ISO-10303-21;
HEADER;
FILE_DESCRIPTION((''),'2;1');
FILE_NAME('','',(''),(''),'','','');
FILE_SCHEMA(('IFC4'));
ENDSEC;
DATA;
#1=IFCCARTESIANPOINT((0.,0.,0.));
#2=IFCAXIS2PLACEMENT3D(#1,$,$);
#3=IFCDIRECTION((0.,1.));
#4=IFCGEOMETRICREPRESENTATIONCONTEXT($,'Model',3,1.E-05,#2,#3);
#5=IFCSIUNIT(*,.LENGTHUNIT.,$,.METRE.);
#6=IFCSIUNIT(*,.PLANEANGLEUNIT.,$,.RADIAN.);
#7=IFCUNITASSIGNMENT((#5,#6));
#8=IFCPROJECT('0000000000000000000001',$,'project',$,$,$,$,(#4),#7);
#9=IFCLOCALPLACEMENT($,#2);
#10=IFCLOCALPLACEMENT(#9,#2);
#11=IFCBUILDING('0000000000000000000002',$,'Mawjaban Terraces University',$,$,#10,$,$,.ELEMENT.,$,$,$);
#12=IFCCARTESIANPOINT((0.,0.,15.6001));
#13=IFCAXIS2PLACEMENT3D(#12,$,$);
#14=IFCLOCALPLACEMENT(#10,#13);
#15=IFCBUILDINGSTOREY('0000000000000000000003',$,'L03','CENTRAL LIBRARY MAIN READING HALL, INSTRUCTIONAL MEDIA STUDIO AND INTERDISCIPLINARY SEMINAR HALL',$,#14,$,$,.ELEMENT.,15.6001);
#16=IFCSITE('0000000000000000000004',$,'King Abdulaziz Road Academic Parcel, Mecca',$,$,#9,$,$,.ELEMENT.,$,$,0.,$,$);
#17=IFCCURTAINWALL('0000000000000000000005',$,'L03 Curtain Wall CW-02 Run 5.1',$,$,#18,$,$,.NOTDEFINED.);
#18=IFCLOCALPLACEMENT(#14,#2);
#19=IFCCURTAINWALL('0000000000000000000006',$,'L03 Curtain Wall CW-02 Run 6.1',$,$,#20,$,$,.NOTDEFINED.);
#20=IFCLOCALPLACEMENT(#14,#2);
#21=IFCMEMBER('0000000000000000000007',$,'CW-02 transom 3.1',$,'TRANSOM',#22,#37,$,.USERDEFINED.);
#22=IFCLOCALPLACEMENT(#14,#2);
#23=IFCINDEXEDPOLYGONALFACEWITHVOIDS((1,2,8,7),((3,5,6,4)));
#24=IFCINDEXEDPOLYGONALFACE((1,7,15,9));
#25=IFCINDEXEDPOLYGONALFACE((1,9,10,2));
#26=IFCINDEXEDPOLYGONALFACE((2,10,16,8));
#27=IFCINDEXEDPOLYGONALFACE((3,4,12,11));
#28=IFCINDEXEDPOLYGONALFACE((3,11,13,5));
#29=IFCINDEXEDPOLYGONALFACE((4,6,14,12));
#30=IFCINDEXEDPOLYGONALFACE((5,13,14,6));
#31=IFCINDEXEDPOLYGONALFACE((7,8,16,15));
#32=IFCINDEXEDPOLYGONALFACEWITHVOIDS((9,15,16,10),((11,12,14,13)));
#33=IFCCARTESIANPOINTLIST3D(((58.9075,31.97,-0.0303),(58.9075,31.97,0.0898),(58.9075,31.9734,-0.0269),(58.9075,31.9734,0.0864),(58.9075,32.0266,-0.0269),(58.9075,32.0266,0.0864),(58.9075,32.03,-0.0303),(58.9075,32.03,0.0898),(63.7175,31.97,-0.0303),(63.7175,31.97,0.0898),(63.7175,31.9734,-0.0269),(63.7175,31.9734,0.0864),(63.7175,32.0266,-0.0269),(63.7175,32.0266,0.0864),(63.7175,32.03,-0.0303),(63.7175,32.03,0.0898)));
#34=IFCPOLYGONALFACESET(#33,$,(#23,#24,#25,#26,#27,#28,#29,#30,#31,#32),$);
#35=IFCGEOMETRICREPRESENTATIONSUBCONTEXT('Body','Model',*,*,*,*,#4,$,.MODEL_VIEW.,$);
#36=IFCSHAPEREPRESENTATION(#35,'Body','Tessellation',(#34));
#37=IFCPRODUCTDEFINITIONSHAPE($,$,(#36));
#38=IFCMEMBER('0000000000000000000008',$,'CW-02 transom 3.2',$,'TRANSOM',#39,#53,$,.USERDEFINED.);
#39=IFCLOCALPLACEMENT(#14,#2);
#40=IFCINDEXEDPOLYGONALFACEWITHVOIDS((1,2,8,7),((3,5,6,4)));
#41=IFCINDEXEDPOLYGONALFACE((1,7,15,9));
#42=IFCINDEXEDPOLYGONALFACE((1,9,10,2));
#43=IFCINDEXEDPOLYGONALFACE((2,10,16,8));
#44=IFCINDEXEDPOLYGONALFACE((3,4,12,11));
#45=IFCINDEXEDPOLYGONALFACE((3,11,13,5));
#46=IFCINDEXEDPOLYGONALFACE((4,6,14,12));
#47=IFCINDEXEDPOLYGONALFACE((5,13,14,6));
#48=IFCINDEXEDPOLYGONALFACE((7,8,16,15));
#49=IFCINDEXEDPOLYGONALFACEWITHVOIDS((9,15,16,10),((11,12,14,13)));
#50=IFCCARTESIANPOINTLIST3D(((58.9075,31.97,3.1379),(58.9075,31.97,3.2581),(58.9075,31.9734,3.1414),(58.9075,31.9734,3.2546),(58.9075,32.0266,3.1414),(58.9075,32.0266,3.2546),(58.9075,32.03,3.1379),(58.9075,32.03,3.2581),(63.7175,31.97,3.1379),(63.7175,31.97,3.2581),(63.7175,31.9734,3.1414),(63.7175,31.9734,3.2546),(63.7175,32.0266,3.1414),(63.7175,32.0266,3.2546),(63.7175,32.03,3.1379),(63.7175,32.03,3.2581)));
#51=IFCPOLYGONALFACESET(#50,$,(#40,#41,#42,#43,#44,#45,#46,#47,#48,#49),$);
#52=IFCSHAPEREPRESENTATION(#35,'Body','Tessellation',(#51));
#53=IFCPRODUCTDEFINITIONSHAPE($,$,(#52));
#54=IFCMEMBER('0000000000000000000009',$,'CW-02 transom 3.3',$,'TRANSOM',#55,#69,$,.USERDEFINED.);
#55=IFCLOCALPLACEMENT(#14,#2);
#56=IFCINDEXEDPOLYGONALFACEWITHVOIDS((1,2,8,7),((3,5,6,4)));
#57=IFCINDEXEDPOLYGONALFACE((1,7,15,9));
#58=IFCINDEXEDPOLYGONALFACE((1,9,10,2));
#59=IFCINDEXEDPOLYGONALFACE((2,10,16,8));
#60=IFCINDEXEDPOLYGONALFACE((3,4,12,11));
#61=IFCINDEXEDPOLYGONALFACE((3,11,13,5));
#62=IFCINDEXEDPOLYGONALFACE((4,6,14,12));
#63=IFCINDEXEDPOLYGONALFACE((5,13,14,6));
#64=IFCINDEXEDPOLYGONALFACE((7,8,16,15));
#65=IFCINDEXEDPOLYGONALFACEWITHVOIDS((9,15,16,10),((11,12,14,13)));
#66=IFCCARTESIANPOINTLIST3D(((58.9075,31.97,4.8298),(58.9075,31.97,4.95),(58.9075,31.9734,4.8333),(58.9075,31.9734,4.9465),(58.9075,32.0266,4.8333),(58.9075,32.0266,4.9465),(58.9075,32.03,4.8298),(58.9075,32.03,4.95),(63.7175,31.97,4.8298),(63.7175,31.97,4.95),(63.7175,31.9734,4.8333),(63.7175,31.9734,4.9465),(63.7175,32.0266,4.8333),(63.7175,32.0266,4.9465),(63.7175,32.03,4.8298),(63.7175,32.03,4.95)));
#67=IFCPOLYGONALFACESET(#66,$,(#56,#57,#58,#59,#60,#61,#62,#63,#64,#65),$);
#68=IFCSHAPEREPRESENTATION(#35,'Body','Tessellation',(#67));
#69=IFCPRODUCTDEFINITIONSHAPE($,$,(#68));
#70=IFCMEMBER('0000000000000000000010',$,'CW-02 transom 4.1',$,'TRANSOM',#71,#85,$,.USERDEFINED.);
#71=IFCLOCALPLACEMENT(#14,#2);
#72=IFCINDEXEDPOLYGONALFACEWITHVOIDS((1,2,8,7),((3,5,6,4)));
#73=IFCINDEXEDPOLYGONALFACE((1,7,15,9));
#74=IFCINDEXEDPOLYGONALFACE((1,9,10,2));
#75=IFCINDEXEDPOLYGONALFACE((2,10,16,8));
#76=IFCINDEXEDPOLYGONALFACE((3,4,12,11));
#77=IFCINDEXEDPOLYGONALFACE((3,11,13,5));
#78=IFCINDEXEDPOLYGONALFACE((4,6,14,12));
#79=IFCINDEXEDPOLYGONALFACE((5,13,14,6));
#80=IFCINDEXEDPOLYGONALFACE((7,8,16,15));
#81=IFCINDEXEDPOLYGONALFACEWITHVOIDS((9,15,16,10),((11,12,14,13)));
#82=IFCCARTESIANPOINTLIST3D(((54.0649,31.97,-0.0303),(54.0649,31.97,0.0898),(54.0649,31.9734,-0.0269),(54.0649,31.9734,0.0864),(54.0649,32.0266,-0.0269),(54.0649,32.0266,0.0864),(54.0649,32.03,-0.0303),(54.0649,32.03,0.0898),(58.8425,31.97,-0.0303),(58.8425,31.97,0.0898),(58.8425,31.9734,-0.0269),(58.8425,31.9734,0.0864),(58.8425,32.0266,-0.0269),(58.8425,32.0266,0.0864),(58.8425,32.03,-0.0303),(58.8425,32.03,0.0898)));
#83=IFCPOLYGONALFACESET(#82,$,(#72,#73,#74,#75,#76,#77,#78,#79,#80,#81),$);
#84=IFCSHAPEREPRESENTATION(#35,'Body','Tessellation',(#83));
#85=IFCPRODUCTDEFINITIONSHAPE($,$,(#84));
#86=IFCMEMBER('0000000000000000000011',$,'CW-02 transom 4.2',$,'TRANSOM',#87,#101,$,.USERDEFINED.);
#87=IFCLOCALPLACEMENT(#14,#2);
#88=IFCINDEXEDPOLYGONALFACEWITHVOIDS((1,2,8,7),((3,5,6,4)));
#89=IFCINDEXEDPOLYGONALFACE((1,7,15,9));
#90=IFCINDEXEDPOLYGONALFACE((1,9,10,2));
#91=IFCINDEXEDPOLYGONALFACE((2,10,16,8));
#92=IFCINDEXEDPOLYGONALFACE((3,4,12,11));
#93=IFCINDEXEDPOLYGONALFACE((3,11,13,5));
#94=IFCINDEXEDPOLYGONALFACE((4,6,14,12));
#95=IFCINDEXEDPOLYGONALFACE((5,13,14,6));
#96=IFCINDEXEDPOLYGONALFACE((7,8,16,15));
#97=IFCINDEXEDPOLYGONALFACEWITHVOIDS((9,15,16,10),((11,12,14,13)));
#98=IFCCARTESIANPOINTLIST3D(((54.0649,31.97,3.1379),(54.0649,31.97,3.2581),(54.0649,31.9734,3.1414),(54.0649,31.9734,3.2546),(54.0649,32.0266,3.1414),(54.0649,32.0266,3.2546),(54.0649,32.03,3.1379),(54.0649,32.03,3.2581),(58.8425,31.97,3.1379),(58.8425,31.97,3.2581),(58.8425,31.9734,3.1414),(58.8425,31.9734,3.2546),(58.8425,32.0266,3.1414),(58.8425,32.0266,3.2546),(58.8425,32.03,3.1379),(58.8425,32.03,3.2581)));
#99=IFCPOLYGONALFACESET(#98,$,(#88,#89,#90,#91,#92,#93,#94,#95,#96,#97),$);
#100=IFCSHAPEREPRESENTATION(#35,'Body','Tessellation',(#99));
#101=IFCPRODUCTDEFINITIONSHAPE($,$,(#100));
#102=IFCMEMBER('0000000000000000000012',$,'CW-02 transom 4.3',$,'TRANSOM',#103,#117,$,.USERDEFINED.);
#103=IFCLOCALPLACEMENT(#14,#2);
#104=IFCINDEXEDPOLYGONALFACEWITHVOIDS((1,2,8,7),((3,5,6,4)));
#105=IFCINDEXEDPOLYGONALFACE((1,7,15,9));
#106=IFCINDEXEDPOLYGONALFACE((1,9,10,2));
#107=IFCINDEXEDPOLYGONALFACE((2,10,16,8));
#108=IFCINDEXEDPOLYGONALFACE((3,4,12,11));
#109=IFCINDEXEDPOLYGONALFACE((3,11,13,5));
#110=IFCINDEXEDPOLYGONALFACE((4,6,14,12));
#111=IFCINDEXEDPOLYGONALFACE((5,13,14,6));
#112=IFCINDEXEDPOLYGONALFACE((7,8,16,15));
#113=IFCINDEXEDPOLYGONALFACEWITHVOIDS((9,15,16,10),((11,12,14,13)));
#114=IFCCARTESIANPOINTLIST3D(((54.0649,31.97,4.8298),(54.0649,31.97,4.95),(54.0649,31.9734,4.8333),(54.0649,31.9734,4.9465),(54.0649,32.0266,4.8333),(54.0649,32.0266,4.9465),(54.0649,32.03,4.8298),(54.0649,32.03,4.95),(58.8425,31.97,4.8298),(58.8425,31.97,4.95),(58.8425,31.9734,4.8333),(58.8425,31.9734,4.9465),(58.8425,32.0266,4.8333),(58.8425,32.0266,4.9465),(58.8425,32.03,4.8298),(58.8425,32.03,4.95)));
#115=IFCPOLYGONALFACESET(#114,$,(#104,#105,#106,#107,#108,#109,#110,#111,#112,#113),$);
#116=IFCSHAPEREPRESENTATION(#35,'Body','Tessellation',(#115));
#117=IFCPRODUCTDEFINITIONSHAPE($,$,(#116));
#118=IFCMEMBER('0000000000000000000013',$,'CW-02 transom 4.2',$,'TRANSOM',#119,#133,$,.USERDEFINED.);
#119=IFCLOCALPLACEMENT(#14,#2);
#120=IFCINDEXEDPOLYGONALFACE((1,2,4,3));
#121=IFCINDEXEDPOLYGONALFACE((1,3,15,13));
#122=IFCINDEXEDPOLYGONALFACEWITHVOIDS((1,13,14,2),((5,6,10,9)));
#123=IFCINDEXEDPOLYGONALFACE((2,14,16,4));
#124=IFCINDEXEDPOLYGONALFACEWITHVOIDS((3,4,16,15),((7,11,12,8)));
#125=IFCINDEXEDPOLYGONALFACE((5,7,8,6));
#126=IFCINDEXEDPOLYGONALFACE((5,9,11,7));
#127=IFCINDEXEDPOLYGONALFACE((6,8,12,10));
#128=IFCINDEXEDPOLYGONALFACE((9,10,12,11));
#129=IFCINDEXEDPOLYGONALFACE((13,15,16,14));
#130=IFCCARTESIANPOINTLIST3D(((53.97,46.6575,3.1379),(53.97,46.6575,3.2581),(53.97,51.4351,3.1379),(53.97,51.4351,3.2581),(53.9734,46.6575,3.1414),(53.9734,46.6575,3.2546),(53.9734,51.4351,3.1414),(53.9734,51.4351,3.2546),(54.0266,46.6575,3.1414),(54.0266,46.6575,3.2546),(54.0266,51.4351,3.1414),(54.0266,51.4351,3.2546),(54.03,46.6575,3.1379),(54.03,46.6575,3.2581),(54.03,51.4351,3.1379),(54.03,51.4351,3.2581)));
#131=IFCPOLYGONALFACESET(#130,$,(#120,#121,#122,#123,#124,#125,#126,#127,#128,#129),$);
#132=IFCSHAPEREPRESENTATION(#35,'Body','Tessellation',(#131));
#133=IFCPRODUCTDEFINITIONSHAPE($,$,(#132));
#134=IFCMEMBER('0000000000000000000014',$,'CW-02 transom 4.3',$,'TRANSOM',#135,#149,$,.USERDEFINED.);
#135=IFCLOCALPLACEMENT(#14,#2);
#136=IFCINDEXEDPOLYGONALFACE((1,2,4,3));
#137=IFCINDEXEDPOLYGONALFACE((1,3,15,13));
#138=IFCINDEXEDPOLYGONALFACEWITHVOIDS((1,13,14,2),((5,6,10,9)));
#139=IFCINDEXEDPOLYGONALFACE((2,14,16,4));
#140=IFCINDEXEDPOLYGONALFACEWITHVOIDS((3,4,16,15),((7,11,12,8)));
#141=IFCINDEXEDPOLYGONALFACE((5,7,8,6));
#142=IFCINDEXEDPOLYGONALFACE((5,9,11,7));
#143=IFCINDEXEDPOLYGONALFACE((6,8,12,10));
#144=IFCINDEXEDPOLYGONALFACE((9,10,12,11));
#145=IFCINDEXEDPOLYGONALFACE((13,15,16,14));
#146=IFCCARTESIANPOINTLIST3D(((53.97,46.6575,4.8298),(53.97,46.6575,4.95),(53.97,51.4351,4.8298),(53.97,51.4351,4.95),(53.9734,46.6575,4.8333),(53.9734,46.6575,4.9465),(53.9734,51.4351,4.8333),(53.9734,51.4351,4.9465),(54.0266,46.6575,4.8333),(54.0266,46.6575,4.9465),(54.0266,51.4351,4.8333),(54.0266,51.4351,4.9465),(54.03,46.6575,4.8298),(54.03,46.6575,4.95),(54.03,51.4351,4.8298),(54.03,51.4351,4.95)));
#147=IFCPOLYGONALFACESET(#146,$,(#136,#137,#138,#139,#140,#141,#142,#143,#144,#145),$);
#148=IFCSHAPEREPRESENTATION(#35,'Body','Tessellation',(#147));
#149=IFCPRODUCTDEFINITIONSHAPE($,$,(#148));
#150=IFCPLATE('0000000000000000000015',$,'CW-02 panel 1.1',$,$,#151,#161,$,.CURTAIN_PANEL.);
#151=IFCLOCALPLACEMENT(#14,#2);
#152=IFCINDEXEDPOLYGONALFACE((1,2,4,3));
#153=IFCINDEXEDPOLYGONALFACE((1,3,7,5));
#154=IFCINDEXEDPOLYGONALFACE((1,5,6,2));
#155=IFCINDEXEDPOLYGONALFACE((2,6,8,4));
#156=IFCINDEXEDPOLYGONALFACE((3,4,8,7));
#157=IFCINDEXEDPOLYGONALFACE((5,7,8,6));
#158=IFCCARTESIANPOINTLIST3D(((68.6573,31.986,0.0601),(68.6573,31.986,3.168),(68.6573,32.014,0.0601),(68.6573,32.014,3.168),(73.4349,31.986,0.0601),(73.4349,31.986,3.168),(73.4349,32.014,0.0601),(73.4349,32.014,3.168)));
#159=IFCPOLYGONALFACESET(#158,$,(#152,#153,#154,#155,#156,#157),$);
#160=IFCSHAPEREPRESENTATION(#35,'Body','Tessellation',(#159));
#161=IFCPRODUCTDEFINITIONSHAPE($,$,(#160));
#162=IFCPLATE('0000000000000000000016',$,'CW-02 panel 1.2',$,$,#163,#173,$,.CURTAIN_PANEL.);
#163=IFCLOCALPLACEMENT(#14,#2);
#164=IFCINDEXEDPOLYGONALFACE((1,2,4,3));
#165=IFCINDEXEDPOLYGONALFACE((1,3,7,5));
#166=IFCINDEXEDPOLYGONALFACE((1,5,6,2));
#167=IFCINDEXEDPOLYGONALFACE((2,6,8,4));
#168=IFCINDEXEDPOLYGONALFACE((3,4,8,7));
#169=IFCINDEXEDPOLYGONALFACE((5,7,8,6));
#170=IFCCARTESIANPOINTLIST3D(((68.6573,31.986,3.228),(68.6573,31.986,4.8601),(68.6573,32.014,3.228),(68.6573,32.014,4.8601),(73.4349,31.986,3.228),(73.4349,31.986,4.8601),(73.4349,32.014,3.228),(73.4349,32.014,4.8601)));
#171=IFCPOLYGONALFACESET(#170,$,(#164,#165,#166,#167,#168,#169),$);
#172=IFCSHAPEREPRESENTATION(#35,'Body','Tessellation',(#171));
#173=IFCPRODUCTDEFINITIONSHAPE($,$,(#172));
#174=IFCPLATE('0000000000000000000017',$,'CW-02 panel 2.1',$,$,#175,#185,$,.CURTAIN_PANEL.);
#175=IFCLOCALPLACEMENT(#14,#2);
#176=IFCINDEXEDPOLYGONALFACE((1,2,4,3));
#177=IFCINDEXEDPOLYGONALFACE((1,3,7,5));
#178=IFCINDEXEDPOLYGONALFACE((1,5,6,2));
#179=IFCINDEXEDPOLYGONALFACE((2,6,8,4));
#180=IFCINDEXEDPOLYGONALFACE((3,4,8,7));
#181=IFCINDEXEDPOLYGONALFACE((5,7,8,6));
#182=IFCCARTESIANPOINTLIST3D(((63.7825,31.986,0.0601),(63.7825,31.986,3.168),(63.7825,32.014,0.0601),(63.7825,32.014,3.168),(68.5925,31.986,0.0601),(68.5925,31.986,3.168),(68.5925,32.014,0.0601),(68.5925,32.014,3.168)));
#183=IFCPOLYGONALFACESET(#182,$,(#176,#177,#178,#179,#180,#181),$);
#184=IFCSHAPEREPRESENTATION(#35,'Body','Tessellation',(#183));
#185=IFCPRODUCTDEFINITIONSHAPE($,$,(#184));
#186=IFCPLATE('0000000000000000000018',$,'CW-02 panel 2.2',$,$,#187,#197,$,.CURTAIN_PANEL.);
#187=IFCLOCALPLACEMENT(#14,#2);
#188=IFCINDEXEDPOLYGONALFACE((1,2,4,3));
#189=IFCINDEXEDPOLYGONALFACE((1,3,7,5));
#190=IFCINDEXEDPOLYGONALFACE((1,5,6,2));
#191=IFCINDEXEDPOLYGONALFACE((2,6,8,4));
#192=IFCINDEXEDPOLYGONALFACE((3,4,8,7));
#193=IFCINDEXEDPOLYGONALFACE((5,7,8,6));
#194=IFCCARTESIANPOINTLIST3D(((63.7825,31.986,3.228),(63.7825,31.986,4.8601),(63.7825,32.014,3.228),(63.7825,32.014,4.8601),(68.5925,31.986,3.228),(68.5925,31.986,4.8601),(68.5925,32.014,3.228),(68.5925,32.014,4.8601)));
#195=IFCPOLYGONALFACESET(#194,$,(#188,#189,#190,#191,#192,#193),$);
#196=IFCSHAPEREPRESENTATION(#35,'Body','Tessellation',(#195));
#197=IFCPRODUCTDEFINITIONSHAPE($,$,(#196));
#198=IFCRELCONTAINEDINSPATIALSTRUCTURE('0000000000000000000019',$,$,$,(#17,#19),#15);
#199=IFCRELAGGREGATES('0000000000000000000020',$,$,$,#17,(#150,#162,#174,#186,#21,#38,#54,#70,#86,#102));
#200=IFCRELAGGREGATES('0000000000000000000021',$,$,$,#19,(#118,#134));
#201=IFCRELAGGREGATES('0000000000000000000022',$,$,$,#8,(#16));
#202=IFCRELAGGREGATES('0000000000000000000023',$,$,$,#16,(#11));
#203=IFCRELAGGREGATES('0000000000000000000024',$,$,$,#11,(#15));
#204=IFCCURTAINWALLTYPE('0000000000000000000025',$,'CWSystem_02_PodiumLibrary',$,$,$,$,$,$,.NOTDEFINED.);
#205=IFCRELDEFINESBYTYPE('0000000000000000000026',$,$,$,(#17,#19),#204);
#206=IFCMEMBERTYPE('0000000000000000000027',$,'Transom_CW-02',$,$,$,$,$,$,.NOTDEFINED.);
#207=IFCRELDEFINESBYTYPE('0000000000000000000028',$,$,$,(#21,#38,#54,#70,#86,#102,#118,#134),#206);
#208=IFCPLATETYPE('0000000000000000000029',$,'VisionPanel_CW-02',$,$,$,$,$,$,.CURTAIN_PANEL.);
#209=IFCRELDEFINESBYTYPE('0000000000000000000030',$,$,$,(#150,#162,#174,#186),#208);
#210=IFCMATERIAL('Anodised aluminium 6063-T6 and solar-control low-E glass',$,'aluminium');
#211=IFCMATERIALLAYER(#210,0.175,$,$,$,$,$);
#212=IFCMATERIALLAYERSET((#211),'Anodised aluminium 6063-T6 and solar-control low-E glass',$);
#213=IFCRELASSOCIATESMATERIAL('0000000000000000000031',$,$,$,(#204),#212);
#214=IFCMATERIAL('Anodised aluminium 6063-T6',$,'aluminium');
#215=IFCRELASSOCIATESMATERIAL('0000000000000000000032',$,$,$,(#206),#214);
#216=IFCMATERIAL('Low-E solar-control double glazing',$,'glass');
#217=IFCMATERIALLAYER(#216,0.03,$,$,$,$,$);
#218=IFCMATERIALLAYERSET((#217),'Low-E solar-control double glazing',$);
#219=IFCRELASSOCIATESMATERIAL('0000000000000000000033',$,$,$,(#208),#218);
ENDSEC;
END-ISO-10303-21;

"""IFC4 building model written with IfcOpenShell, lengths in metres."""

from ifc_helpers import new_model, si_unit, direction, frame, origin, origin_2d, place, context, subcontext, project, spatial, rectangle, hollow_rectangle, extrude, material, layer, layer_set, material_profile, profile_set, type_object, element, aggregate, save


model = new_model("IFC4")

# Units and contexts
model_context = context("Model", 3, precision=1e-05, world=origin(), true_north=direction((0.0, 1.0)))
body_context = subcontext(model_context, "Body", "Model", "MODEL_VIEW")
ifc_project = project(units=[si_unit("LENGTHUNIT", "METRE"), si_unit("PLANEANGLEUNIT", "RADIAN")], contexts=[model_context])

# Site, building, storey
site_placement = place(None, origin())
site = spatial("IfcSite", under=ifc_project, at=site_placement, Name="King Abdulaziz Road Academic Parcel, Mecca", CompositionType="ELEMENT", RefElevation=0.0)
building_placement = place(site_placement, origin())
building = spatial("IfcBuilding", under=site, at=building_placement, Name="Mawjaban Terraces University", CompositionType="ELEMENT")
storey_placement = place(building_placement, frame((0.0, 0.0, 15.6001)))
storey = spatial("IfcBuildingStorey", under=building, at=storey_placement, Name="L03", Description="CENTRAL LIBRARY MAIN READING HALL, INSTRUCTIONAL MEDIA STUDIO AND INTERDISCIPLINARY SEMINAR HALL", CompositionType="ELEMENT", Elevation=15.6001)

# Curtain wall
ifc_material_1 = material(Name="Anodised aluminium 6063-T6 and solar-control low-E glass", Category="aluminium")
ifc_layer_1 = layer(ifc_material_1, 0.175)
ifc_layer_set_1 = layer_set([ifc_layer_1], Name="Anodised aluminium 6063-T6 and solar-control low-E glass")
curtain_wall_type = type_object("IfcCurtainWallType", Name="CWSystem_02_PodiumLibrary", PredefinedType="NOTDEFINED", material=ifc_layer_set_1)
curtain_wall_1_placement = place(storey_placement, origin())
curtain_wall_1 = element("IfcCurtainWall", 1, at=curtain_wall_1_placement, inside=storey, type_object=curtain_wall_type, Name="L03 Curtain Wall CW-02 Run 5.1", PredefinedType="NOTDEFINED")
ifc_material_2 = material(Name="Anodised aluminium 6063-T6", Category="aluminium")

# Curtain wall
curtain_wall_2_placement = place(storey_placement, origin())
curtain_wall_2 = element("IfcCurtainWall", 2, at=curtain_wall_2_placement, inside=storey, type_object=curtain_wall_type, Name="L03 Curtain Wall CW-02 Run 6.1", PredefinedType="NOTDEFINED")

# Members
ifc_material_profile_1 = material_profile(ifc_material_2, hollow_rectangle(XDim=0.0601, YDim=0.1201, WallThickness=0.0034, at=origin_2d()), Name="ALU120X60X3.5")
ifc_profile_set_1 = profile_set([ifc_material_profile_1], Name="Anodised aluminium 6063-T6")
member_type_1 = type_object("IfcMemberType", Name="Transom_CW-02", PredefinedType="NOTDEFINED", material=ifc_profile_set_1)
member_1_placement = place(storey_placement, frame((63.7175, 32.0, 0.0298), z_axis=(-1.0, 0.0, 0.0), x_axis=(0.0, -1.0, 0.0)))
member_1 = element("IfcMember", 3, at=member_1_placement, type_object=member_type_1, Name="CW-02 transom 3.1", ObjectType="TRANSOM", PredefinedType="USERDEFINED", context=body_context, shape_type="SweptSolid", body=[
    extrude(hollow_rectangle(XDim=0.0601, YDim=0.1201, WallThickness=0.0034, at=origin_2d()), origin(), (0.0, 0.0, 1.0), 4.8101),
])
member_2_placement = place(storey_placement, frame((63.7175, 32.0, 3.198), z_axis=(-1.0, 0.0, 0.0), x_axis=(0.0, -1.0, 0.0)))
member_2 = element("IfcMember", 4, at=member_2_placement, type_object=member_type_1, Name="CW-02 transom 3.2", ObjectType="TRANSOM", PredefinedType="USERDEFINED", context=body_context, shape_type="SweptSolid", body=[
    extrude(hollow_rectangle(XDim=0.0601, YDim=0.1201, WallThickness=0.0034, at=origin_2d()), origin(), (0.0, 0.0, 1.0), 4.8101),
])
member_3_placement = place(storey_placement, frame((63.7175, 32.0, 4.8899), z_axis=(-1.0, 0.0, 0.0), x_axis=(0.0, -1.0, 0.0)))
member_3 = element("IfcMember", 5, at=member_3_placement, type_object=member_type_1, Name="CW-02 transom 3.3", ObjectType="TRANSOM", PredefinedType="USERDEFINED", context=body_context, shape_type="SweptSolid", body=[
    extrude(hollow_rectangle(XDim=0.0601, YDim=0.1201, WallThickness=0.0034, at=origin_2d()), origin(), (0.0, 0.0, 1.0), 4.8101),
])
member_4_placement = place(storey_placement, frame((58.8425, 32.0, 0.0298), z_axis=(-1.0, 0.0, 0.0), x_axis=(0.0, -1.0, 0.0)))
member_4 = element("IfcMember", 6, at=member_4_placement, type_object=member_type_1, Name="CW-02 transom 4.1", ObjectType="TRANSOM", PredefinedType="USERDEFINED", context=body_context, shape_type="SweptSolid", body=[
    extrude(hollow_rectangle(XDim=0.0601, YDim=0.1201, WallThickness=0.0034, at=origin_2d()), origin(), (0.0, 0.0, 1.0), 4.7776),
])
member_5_placement = place(storey_placement, frame((58.8425, 32.0, 3.198), z_axis=(-1.0, 0.0, 0.0), x_axis=(0.0, -1.0, 0.0)))
member_5 = element("IfcMember", 7, at=member_5_placement, type_object=member_type_1, Name="CW-02 transom 4.2", ObjectType="TRANSOM", PredefinedType="USERDEFINED", context=body_context, shape_type="SweptSolid", body=[
    extrude(hollow_rectangle(XDim=0.0601, YDim=0.1201, WallThickness=0.0034, at=origin_2d()), origin(), (0.0, 0.0, 1.0), 4.7776),
])
member_6_placement = place(storey_placement, frame((58.8425, 32.0, 4.8899), z_axis=(-1.0, 0.0, 0.0), x_axis=(0.0, -1.0, 0.0)))
member_6 = element("IfcMember", 8, at=member_6_placement, type_object=member_type_1, Name="CW-02 transom 4.3", ObjectType="TRANSOM", PredefinedType="USERDEFINED", context=body_context, shape_type="SweptSolid", body=[
    extrude(hollow_rectangle(XDim=0.0601, YDim=0.1201, WallThickness=0.0034, at=origin_2d()), origin(), (0.0, 0.0, 1.0), 4.7776),
])
member_7_placement = place(storey_placement, frame((54.0, 46.6575, 3.198), z_axis=(0.0, 1.0, 0.0), x_axis=(-1.0, 0.0, 0.0)))
member_7 = element("IfcMember", 9, at=member_7_placement, type_object=member_type_1, Name="CW-02 transom 4.2", ObjectType="TRANSOM", PredefinedType="USERDEFINED", context=body_context, shape_type="SweptSolid", body=[
    extrude(hollow_rectangle(XDim=0.0601, YDim=0.1201, WallThickness=0.0034, at=origin_2d()), origin(), (0.0, 0.0, 1.0), 4.7776),
])
member_8_placement = place(storey_placement, frame((54.0, 46.6575, 4.8899), z_axis=(0.0, 1.0, 0.0), x_axis=(-1.0, 0.0, 0.0)))
member_8 = element("IfcMember", 10, at=member_8_placement, type_object=member_type_1, Name="CW-02 transom 4.3", ObjectType="TRANSOM", PredefinedType="USERDEFINED", context=body_context, shape_type="SweptSolid", body=[
    extrude(hollow_rectangle(XDim=0.0601, YDim=0.1201, WallThickness=0.0034, at=origin_2d()), origin(), (0.0, 0.0, 1.0), 4.7776),
])

# Plates
ifc_material_3 = material(Name="Low-E solar-control double glazing", Category="glass")
ifc_layer_2 = layer(ifc_material_3, 0.03)
ifc_layer_set_2 = layer_set([ifc_layer_2], Name="Low-E solar-control double glazing")
plate_type = type_object("IfcPlateType", Name="VisionPanel_CW-02", PredefinedType="CURTAIN_PANEL", material=ifc_layer_set_2)
plate_1_placement = place(storey_placement, frame((71.0461, 32.0, 0.0601), z_axis=(0.0, 0.0, 1.0), x_axis=(-1.0, 0.0, 0.0)))
plate_1 = element("IfcPlate", 11, at=plate_1_placement, type_object=plate_type, Name="CW-02 panel 1.1", PredefinedType="CURTAIN_PANEL", context=body_context, shape_type="SweptSolid", body=[
    extrude(rectangle(XDim=4.7776, YDim=0.0281, at=origin_2d()), origin(), (0.0, 0.0, 1.0), 3.1079),
])
plate_2_placement = place(storey_placement, frame((71.0461, 32.0, 3.228), z_axis=(0.0, 0.0, 1.0), x_axis=(-1.0, 0.0, 0.0)))
plate_2 = element("IfcPlate", 12, at=plate_2_placement, type_object=plate_type, Name="CW-02 panel 1.2", PredefinedType="CURTAIN_PANEL", context=body_context, shape_type="SweptSolid", body=[
    extrude(rectangle(XDim=4.7776, YDim=0.0281, at=origin_2d()), origin(), (0.0, 0.0, 1.0), 1.6321),
])
plate_3_placement = place(storey_placement, frame((66.1875, 32.0, 0.0601), z_axis=(0.0, 0.0, 1.0), x_axis=(-1.0, 0.0, 0.0)))
plate_3 = element("IfcPlate", 13, at=plate_3_placement, type_object=plate_type, Name="CW-02 panel 2.1", PredefinedType="CURTAIN_PANEL", context=body_context, shape_type="SweptSolid", body=[
    extrude(rectangle(XDim=4.8101, YDim=0.0281, at=origin_2d()), origin(), (0.0, 0.0, 1.0), 3.1079),
])
plate_4_placement = place(storey_placement, frame((66.1875, 32.0, 3.228), z_axis=(0.0, 0.0, 1.0), x_axis=(-1.0, 0.0, 0.0)))
plate_4 = element("IfcPlate", 14, at=plate_4_placement, type_object=plate_type, Name="CW-02 panel 2.2", PredefinedType="CURTAIN_PANEL", context=body_context, shape_type="SweptSolid", body=[
    extrude(rectangle(XDim=4.8101, YDim=0.0281, at=origin_2d()), origin(), (0.0, 0.0, 1.0), 1.6321),
])
aggregate(curtain_wall_1, [plate_1, plate_2, plate_3, plate_4, member_1, member_2, member_3, member_4, member_5, member_6])
aggregate(curtain_wall_2, [member_7, member_8])

save(model, "model.ifc")
